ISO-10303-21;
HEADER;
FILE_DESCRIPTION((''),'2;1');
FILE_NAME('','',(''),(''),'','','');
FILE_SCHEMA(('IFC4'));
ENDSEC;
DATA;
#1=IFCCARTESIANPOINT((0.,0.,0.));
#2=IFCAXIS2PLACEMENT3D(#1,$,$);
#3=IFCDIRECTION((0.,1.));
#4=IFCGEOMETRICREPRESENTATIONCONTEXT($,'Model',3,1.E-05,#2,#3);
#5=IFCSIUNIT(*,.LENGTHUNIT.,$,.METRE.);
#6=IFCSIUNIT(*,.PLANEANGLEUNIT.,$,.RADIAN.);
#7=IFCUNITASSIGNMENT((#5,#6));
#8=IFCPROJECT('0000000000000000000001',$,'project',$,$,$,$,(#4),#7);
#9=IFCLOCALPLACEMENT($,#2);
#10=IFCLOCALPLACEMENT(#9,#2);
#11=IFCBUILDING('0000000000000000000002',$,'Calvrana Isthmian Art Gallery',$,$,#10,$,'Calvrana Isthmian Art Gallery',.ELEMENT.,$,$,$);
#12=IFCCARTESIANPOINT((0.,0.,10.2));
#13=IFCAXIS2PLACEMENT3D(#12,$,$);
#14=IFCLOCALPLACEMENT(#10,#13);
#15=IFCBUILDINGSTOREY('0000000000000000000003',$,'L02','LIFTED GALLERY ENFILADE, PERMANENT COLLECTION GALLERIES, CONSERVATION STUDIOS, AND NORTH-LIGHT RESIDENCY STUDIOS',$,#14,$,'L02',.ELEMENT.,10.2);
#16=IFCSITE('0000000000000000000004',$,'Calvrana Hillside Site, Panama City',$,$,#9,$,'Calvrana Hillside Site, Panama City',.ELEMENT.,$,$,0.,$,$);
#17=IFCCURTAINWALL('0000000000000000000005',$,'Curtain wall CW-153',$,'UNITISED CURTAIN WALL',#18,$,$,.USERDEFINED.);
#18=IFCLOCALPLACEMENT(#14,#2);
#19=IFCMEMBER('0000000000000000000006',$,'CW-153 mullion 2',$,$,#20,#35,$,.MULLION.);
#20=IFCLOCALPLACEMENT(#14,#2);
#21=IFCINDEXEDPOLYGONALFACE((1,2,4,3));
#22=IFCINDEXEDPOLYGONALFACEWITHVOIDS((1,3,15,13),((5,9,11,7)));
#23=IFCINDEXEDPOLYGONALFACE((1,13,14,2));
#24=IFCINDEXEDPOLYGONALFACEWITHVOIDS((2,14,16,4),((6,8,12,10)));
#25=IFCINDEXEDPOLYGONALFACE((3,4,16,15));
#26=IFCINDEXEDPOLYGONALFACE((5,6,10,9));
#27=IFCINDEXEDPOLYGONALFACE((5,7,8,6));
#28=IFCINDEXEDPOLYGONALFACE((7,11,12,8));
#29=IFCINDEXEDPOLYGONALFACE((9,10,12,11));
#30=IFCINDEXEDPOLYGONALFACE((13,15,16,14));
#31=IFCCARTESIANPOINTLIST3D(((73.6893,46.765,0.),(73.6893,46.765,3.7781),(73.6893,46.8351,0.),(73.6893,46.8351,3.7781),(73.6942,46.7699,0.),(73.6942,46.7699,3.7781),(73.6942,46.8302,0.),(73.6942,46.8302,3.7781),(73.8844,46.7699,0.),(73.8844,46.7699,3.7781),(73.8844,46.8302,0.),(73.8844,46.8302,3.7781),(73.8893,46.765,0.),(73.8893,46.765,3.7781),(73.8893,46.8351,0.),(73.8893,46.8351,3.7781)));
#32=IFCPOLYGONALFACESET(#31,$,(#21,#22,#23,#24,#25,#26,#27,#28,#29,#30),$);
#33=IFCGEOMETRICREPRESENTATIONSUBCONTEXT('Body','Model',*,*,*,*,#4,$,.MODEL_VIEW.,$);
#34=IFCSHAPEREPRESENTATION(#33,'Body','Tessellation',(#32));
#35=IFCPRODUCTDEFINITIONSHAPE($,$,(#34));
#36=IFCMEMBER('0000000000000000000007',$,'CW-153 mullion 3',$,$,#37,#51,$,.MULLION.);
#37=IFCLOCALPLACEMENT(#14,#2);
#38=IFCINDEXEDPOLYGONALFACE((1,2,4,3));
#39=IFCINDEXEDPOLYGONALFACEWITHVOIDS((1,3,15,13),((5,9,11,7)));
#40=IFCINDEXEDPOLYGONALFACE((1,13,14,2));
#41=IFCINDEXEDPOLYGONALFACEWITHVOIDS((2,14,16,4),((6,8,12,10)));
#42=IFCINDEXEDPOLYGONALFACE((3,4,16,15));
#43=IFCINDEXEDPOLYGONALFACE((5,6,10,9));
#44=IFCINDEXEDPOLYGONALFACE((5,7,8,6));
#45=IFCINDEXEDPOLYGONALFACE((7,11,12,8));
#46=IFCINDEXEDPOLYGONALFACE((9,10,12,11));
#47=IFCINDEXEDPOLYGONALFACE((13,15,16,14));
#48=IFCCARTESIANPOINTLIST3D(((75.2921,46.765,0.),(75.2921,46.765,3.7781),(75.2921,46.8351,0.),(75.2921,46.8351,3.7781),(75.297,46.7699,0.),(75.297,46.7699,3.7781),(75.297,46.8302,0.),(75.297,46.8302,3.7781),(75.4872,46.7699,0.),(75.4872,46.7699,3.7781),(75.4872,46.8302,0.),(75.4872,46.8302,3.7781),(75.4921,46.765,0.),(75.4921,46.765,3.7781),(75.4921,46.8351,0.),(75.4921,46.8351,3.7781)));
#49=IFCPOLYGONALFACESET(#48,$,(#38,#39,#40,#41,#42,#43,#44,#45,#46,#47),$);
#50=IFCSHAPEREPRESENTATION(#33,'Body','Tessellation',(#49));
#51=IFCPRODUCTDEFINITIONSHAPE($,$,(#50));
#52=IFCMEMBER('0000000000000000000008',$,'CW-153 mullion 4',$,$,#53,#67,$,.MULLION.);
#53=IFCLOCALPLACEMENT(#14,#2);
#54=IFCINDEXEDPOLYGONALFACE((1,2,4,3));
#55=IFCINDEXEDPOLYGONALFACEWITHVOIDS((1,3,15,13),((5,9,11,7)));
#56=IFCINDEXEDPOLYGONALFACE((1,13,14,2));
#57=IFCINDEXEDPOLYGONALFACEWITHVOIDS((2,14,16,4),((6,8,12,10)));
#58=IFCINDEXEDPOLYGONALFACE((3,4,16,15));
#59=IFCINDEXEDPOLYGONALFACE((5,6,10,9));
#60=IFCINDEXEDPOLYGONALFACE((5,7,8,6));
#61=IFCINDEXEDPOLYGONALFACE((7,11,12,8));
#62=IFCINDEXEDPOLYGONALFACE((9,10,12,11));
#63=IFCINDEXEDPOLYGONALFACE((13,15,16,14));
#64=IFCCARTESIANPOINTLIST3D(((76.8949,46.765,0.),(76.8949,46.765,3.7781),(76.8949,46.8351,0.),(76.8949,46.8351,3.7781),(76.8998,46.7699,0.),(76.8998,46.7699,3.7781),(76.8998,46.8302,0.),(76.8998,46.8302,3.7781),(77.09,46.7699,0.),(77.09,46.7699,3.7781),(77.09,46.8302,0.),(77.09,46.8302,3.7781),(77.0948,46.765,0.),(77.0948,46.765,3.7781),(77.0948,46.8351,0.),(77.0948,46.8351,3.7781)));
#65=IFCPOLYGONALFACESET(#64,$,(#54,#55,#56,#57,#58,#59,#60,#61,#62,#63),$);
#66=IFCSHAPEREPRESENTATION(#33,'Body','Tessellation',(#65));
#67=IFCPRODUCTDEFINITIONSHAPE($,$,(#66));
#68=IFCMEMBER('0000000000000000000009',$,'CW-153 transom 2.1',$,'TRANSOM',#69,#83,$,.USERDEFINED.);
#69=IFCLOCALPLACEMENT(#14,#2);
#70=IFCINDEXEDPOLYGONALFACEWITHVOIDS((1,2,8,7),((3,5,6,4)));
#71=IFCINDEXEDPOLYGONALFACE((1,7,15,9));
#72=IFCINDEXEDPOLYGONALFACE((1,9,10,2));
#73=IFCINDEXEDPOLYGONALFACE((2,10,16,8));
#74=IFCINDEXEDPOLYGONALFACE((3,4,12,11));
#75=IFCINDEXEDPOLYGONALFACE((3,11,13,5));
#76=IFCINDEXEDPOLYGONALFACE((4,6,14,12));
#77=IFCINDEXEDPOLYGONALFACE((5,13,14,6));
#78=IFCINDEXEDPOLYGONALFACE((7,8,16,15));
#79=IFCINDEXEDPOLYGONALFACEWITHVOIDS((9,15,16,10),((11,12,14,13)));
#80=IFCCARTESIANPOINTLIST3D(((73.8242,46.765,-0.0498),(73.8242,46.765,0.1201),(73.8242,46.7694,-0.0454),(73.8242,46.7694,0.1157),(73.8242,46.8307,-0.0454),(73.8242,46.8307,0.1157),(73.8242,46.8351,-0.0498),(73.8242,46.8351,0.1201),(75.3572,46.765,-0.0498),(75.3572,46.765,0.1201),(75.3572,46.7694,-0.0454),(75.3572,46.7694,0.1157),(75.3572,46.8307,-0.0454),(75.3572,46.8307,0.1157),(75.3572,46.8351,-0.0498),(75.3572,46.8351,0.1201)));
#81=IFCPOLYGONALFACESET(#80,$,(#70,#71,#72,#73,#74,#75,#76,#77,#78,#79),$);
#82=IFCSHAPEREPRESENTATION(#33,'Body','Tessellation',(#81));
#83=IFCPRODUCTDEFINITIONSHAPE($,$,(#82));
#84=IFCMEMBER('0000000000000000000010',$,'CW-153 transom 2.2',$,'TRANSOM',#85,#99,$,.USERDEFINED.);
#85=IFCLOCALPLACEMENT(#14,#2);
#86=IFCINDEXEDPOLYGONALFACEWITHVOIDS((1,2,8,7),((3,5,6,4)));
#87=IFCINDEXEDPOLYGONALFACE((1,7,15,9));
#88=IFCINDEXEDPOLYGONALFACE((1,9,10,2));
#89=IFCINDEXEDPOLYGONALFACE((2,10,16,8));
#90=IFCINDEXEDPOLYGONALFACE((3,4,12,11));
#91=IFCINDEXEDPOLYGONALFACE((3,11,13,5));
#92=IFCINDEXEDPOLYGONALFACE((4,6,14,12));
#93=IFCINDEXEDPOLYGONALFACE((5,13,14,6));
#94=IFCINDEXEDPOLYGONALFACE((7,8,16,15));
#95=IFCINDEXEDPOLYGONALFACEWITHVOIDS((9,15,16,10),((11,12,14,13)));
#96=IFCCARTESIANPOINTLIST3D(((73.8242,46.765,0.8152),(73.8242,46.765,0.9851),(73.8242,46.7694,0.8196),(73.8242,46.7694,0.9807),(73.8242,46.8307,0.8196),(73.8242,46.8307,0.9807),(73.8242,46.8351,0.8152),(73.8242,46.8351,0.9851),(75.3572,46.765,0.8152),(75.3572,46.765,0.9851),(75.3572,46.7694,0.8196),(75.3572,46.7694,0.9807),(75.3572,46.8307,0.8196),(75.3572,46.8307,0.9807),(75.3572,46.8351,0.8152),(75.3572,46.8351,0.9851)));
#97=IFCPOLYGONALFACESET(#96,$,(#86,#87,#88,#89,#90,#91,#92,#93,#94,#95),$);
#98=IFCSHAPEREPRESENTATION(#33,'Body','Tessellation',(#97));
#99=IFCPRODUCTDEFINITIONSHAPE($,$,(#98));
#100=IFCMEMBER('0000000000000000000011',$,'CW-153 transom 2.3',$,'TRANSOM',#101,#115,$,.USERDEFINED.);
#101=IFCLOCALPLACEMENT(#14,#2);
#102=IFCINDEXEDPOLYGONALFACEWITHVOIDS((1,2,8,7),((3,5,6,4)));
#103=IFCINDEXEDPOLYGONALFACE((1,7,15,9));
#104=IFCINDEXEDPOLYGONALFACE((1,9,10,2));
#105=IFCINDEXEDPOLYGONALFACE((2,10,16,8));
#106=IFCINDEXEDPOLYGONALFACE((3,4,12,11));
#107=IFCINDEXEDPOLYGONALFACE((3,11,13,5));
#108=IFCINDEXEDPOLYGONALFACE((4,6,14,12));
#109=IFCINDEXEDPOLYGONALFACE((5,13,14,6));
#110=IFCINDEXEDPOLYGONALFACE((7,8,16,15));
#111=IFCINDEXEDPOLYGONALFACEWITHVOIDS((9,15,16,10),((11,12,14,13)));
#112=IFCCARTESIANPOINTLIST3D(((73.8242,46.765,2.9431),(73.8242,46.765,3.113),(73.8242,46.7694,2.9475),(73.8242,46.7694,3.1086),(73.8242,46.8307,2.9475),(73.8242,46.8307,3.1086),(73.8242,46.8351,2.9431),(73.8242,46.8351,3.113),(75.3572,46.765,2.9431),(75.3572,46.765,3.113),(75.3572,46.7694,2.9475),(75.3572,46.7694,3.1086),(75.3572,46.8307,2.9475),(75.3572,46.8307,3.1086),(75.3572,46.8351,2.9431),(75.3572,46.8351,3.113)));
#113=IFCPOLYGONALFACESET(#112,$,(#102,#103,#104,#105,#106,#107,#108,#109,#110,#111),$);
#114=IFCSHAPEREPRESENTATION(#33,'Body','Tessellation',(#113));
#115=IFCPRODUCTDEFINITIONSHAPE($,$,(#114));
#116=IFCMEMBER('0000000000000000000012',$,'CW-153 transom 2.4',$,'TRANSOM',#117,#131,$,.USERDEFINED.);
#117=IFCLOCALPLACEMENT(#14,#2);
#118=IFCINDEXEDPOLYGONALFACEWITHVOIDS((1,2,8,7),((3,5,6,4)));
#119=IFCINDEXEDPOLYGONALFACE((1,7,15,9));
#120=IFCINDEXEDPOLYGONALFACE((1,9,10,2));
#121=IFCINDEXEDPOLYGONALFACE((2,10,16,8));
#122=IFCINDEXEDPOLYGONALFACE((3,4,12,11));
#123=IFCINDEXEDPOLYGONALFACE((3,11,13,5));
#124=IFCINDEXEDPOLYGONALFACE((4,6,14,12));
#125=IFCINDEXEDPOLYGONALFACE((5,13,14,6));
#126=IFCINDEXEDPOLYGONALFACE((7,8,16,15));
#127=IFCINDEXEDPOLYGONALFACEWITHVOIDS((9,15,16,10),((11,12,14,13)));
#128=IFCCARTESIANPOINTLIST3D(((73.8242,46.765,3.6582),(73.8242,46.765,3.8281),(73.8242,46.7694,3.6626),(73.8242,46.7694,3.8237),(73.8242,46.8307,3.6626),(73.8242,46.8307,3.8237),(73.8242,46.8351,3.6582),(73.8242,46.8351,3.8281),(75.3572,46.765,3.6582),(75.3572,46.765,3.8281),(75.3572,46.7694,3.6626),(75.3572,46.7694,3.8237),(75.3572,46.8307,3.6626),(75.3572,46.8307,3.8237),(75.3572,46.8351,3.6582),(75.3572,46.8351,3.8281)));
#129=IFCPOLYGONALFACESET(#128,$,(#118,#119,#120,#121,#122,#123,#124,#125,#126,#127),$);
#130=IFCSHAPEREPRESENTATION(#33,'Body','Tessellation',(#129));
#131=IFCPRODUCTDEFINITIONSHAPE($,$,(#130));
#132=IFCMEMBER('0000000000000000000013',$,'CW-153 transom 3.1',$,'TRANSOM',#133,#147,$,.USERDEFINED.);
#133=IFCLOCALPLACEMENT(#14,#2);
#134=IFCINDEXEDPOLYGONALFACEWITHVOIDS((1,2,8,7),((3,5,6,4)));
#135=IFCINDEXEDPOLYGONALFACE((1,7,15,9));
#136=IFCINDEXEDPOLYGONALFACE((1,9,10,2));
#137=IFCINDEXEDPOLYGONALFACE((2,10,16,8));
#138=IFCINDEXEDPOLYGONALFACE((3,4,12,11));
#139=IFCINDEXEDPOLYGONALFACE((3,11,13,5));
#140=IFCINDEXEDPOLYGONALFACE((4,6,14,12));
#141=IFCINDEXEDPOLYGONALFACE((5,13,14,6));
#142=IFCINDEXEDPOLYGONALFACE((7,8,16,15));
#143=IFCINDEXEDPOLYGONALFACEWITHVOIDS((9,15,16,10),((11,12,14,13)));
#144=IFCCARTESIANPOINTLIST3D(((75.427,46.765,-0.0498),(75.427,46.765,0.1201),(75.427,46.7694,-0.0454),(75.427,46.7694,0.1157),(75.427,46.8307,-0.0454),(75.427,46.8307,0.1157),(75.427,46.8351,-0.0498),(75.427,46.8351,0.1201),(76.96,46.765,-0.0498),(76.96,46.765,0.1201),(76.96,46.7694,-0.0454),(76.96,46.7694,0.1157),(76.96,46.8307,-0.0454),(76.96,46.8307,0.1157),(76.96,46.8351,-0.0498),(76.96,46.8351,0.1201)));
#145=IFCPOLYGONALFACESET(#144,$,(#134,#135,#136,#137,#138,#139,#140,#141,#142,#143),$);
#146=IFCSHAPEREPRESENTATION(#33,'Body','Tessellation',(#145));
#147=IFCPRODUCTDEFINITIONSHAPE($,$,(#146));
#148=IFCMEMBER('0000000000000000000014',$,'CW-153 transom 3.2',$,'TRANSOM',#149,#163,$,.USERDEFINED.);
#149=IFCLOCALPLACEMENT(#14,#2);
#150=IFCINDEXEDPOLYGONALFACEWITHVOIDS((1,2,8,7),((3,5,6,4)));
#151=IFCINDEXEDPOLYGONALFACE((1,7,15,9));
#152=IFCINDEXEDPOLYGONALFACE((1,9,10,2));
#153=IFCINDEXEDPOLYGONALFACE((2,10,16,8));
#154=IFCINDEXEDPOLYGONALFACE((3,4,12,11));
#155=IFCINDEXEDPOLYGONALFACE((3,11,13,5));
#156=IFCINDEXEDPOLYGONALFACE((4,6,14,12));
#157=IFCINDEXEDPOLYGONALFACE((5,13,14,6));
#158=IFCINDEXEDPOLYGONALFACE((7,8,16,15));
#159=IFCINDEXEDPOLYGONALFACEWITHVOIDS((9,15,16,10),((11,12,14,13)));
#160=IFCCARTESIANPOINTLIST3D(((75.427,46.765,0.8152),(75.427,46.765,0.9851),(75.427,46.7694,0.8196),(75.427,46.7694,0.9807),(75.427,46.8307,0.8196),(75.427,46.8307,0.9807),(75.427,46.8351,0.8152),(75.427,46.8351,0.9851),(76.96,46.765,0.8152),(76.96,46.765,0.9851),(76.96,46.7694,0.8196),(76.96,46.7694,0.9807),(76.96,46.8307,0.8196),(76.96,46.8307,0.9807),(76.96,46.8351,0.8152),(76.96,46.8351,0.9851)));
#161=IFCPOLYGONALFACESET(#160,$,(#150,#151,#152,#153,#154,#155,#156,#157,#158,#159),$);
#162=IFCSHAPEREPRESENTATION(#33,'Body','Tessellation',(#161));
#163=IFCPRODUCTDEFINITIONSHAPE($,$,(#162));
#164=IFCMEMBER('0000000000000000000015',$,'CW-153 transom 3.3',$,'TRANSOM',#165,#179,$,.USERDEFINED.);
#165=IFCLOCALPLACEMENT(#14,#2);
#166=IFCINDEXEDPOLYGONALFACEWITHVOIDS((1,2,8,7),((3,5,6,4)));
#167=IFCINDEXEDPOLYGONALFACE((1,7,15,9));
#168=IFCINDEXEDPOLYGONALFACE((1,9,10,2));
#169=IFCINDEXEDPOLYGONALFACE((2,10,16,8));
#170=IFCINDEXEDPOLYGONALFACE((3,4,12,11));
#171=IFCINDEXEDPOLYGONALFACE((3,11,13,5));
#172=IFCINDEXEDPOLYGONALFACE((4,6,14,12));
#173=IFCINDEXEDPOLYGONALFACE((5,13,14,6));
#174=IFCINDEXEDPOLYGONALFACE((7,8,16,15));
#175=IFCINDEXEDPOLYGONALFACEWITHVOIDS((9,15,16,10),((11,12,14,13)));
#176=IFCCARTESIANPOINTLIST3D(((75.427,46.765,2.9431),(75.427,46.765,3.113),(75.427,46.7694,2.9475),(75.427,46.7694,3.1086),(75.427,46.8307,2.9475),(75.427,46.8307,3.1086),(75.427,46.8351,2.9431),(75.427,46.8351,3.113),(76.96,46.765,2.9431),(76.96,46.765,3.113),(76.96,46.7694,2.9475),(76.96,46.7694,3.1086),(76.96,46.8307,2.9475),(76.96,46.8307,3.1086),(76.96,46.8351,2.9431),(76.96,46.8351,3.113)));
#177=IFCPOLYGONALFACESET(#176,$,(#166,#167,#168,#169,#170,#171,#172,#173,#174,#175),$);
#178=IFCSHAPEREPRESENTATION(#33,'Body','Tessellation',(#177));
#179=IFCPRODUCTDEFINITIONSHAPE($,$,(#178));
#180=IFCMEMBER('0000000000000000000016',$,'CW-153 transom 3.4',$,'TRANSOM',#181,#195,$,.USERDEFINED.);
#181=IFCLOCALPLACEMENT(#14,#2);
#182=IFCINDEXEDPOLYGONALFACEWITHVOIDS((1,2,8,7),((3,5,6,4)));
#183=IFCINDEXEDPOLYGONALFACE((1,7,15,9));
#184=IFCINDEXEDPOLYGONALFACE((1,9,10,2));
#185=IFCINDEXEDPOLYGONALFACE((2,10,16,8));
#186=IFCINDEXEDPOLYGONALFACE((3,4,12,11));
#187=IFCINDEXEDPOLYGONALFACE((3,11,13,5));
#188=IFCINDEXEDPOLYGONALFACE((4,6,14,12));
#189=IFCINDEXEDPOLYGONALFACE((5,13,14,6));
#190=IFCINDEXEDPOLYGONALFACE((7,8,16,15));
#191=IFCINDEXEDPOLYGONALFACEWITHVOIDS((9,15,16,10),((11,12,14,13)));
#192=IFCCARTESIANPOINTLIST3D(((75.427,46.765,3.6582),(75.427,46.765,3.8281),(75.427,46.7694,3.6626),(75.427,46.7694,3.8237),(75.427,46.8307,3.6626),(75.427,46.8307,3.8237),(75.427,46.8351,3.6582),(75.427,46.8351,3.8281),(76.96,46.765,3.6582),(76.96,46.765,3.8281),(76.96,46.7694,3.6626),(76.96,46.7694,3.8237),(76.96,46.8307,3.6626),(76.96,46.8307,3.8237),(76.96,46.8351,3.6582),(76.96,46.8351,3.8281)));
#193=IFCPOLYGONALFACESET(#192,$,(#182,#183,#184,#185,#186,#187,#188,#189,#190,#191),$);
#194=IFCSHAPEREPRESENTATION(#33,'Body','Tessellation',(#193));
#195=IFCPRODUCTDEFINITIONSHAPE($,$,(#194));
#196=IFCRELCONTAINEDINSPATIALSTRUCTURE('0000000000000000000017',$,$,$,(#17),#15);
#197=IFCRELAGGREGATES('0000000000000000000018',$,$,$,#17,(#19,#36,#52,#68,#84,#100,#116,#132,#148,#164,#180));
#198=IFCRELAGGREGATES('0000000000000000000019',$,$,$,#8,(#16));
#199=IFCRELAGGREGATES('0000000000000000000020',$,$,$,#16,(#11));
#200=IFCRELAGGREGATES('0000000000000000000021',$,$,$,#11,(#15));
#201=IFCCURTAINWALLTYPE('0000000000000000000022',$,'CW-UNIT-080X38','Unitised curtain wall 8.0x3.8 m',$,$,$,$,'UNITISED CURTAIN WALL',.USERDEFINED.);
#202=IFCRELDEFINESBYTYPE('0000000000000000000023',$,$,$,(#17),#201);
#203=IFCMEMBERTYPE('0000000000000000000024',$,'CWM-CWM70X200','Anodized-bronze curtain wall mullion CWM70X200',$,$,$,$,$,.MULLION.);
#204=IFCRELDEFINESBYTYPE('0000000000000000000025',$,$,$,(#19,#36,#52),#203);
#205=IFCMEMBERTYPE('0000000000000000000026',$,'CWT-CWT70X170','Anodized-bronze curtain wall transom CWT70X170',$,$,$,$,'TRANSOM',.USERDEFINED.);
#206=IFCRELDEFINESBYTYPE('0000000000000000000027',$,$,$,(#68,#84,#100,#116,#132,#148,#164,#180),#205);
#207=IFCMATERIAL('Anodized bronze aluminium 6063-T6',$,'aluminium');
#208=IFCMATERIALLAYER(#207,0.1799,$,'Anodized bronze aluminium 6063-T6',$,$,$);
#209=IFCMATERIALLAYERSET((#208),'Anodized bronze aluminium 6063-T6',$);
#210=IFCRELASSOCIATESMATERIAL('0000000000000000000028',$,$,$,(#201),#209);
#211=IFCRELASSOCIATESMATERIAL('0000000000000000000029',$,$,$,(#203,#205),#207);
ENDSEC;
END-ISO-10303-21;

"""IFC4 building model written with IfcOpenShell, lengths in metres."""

from ifc_helpers import new_model, si_unit, direction, frame, origin, origin_2d, place, context, subcontext, project, spatial, hollow_rectangle, extrude, material, layer, layer_set, material_profile, profile_set, type_object, element, aggregate, save


model = new_model("IFC4")

# Units and contexts
model_context = context("Model", 3, precision=1e-05, world=origin(), true_north=direction((0.0, 1.0)))
body_context = subcontext(model_context, "Body", "Model", "MODEL_VIEW")
ifc_project = project(units=[si_unit("LENGTHUNIT", "METRE"), si_unit("PLANEANGLEUNIT", "RADIAN")], contexts=[model_context])

# Site, building, storey
site_placement = place(None, origin())
site = spatial("IfcSite", under=ifc_project, at=site_placement, Name="Calvrana Hillside Site, Panama City", LongName="Calvrana Hillside Site, Panama City", CompositionType="ELEMENT", RefElevation=0.0)
building_placement = place(site_placement, origin())
building = spatial("IfcBuilding", under=site, at=building_placement, Name="Calvrana Isthmian Art Gallery", LongName="Calvrana Isthmian Art Gallery", CompositionType="ELEMENT")
storey_placement = place(building_placement, frame((0.0, 0.0, 10.2)))
storey = spatial("IfcBuildingStorey", under=building, at=storey_placement, Name="L02", Description="LIFTED GALLERY ENFILADE, PERMANENT COLLECTION GALLERIES, CONSERVATION STUDIOS, AND NORTH-LIGHT RESIDENCY STUDIOS", LongName="L02", CompositionType="ELEMENT", Elevation=10.2)

# Curtain wall, members
ifc_material_1 = material(Name="Anodized bronze aluminium 6063-T6", Category="aluminium")
ifc_layer_1 = layer(ifc_material_1, 0.1799, Name="Anodized bronze aluminium 6063-T6")
ifc_layer_set_1 = layer_set([ifc_layer_1], Name="Anodized bronze aluminium 6063-T6")
curtain_wall_type = type_object("IfcCurtainWallType", Name="CW-UNIT-080X38", Description="Unitised curtain wall 8.0x3.8 m", ElementType="UNITISED CURTAIN WALL", PredefinedType="USERDEFINED", material=ifc_layer_set_1)
curtain_wall_placement = place(storey_placement, origin())
curtain_wall = element("IfcCurtainWall", 1, at=curtain_wall_placement, inside=storey, type_object=curtain_wall_type, Name="Curtain wall CW-153", ObjectType="UNITISED CURTAIN WALL", PredefinedType="USERDEFINED")
ifc_material_profile_1 = material_profile(ifc_material_1, hollow_rectangle(XDim=0.0701, YDim=0.2, WallThickness=0.0049, at=origin_2d()), Name="CWM70X200")
ifc_profile_set_1 = profile_set([ifc_material_profile_1], Name="Anodized bronze aluminium 6063-T6")
member_type_1 = type_object("IfcMemberType", Name="CWM-CWM70X200", Description="Anodized-bronze curtain wall mullion CWM70X200", PredefinedType="MULLION", material=ifc_profile_set_1)
member_1_placement = place(storey_placement, frame((73.7893, 46.8, 0.0), z_axis=(0.0, 0.0, 1.0), x_axis=(0.0, 1.0, 0.0)))
member_1 = element("IfcMember", 2, at=member_1_placement, type_object=member_type_1, Name="CW-153 mullion 2", PredefinedType="MULLION", context=body_context, shape_type="SweptSolid", body=[
    extrude(hollow_rectangle(XDim=0.0701, YDim=0.2, WallThickness=0.0049, at=origin_2d()), origin(), (0.0, 0.0, 1.0), 3.7781),
])
member_2_placement = place(storey_placement, frame((75.3921, 46.8, 0.0), z_axis=(0.0, 0.0, 1.0), x_axis=(0.0, 1.0, 0.0)))
member_2 = element("IfcMember", 3, at=member_2_placement, type_object=member_type_1, Name="CW-153 mullion 3", PredefinedType="MULLION", context=body_context, shape_type="SweptSolid", body=[
    extrude(hollow_rectangle(XDim=0.0701, YDim=0.2, WallThickness=0.0049, at=origin_2d()), origin(), (0.0, 0.0, 1.0), 3.7781),
])
member_3_placement = place(storey_placement, frame((76.9949, 46.8, 0.0), z_axis=(0.0, 0.0, 1.0), x_axis=(0.0, 1.0, 0.0)))
member_3 = element("IfcMember", 4, at=member_3_placement, type_object=member_type_1, Name="CW-153 mullion 4", PredefinedType="MULLION", context=body_context, shape_type="SweptSolid", body=[
    extrude(hollow_rectangle(XDim=0.0701, YDim=0.2, WallThickness=0.0049, at=origin_2d()), origin(), (0.0, 0.0, 1.0), 3.7781),
])
ifc_material_profile_2 = material_profile(ifc_material_1, hollow_rectangle(XDim=0.0701, YDim=0.1699, WallThickness=0.0044, at=origin_2d()), Name="CWT70X170")
ifc_profile_set_2 = profile_set([ifc_material_profile_2], Name="Anodized bronze aluminium 6063-T6")
member_type_2 = type_object("IfcMemberType", Name="CWT-CWT70X170", Description="Anodized-bronze curtain wall transom CWT70X170", ElementType="TRANSOM", PredefinedType="USERDEFINED", material=ifc_profile_set_2)
member_4_placement = place(storey_placement, frame((73.8242, 46.8, 0.0352), z_axis=(1.0, 0.0, 0.0), x_axis=(0.0, 1.0, 0.0)))
member_4 = element("IfcMember", 5, at=member_4_placement, type_object=member_type_2, Name="CW-153 transom 2.1", ObjectType="TRANSOM", PredefinedType="USERDEFINED", context=body_context, shape_type="SweptSolid", body=[
    extrude(hollow_rectangle(XDim=0.0701, YDim=0.1699, WallThickness=0.0044, at=origin_2d()), origin(), (0.0, 0.0, 1.0), 1.533),
])
member_5_placement = place(storey_placement, frame((73.8242, 46.8, 0.9001), z_axis=(1.0, 0.0, 0.0), x_axis=(0.0, 1.0, 0.0)))
member_5 = element("IfcMember", 6, at=member_5_placement, type_object=member_type_2, Name="CW-153 transom 2.2", ObjectType="TRANSOM", PredefinedType="USERDEFINED", context=body_context, shape_type="SweptSolid", body=[
    extrude(hollow_rectangle(XDim=0.0701, YDim=0.1699, WallThickness=0.0044, at=origin_2d()), origin(), (0.0, 0.0, 1.0), 1.533),
])
member_6_placement = place(storey_placement, frame((73.8242, 46.8, 3.0281), z_axis=(1.0, 0.0, 0.0), x_axis=(0.0, 1.0, 0.0)))
member_6 = element("IfcMember", 7, at=member_6_placement, type_object=member_type_2, Name="CW-153 transom 2.3", ObjectType="TRANSOM", PredefinedType="USERDEFINED", context=body_context, shape_type="SweptSolid", body=[
    extrude(hollow_rectangle(XDim=0.0701, YDim=0.1699, WallThickness=0.0044, at=origin_2d()), origin(), (0.0, 0.0, 1.0), 1.533),
])
member_7_placement = place(storey_placement, frame((73.8242, 46.8, 3.7432), z_axis=(1.0, 0.0, 0.0), x_axis=(0.0, 1.0, 0.0)))
member_7 = element("IfcMember", 8, at=member_7_placement, type_object=member_type_2, Name="CW-153 transom 2.4", ObjectType="TRANSOM", PredefinedType="USERDEFINED", context=body_context, shape_type="SweptSolid", body=[
    extrude(hollow_rectangle(XDim=0.0701, YDim=0.1699, WallThickness=0.0044, at=origin_2d()), origin(), (0.0, 0.0, 1.0), 1.533),
])
member_8_placement = place(storey_placement, frame((75.427, 46.8, 0.0352), z_axis=(1.0, 0.0, 0.0), x_axis=(0.0, 1.0, 0.0)))
member_8 = element("IfcMember", 9, at=member_8_placement, type_object=member_type_2, Name="CW-153 transom 3.1", ObjectType="TRANSOM", PredefinedType="USERDEFINED", context=body_context, shape_type="SweptSolid", body=[
    extrude(hollow_rectangle(XDim=0.0701, YDim=0.1699, WallThickness=0.0044, at=origin_2d()), origin(), (0.0, 0.0, 1.0), 1.533),
])
member_9_placement = place(storey_placement, frame((75.427, 46.8, 0.9001), z_axis=(1.0, 0.0, 0.0), x_axis=(0.0, 1.0, 0.0)))
member_9 = element("IfcMember", 10, at=member_9_placement, type_object=member_type_2, Name="CW-153 transom 3.2", ObjectType="TRANSOM", PredefinedType="USERDEFINED", context=body_context, shape_type="SweptSolid", body=[
    extrude(hollow_rectangle(XDim=0.0701, YDim=0.1699, WallThickness=0.0044, at=origin_2d()), origin(), (0.0, 0.0, 1.0), 1.533),
])
member_10_placement = place(storey_placement, frame((75.427, 46.8, 3.0281), z_axis=(1.0, 0.0, 0.0), x_axis=(0.0, 1.0, 0.0)))
member_10 = element("IfcMember", 11, at=member_10_placement, type_object=member_type_2, Name="CW-153 transom 3.3", ObjectType="TRANSOM", PredefinedType="USERDEFINED", context=body_context, shape_type="SweptSolid", body=[
    extrude(hollow_rectangle(XDim=0.0701, YDim=0.1699, WallThickness=0.0044, at=origin_2d()), origin(), (0.0, 0.0, 1.0), 1.533),
])
member_11_placement = place(storey_placement, frame((75.427, 46.8, 3.7432), z_axis=(1.0, 0.0, 0.0), x_axis=(0.0, 1.0, 0.0)))
member_11 = element("IfcMember", 12, at=member_11_placement, type_object=member_type_2, Name="CW-153 transom 3.4", ObjectType="TRANSOM", PredefinedType="USERDEFINED", context=body_context, shape_type="SweptSolid", body=[
    extrude(hollow_rectangle(XDim=0.0701, YDim=0.1699, WallThickness=0.0044, at=origin_2d()), origin(), (0.0, 0.0, 1.0), 1.533),
])
aggregate(curtain_wall, [member_1, member_2, member_3, member_4, member_5, member_6, member_7, member_8, member_9, member_10, member_11])

save(model, "model.ifc")
